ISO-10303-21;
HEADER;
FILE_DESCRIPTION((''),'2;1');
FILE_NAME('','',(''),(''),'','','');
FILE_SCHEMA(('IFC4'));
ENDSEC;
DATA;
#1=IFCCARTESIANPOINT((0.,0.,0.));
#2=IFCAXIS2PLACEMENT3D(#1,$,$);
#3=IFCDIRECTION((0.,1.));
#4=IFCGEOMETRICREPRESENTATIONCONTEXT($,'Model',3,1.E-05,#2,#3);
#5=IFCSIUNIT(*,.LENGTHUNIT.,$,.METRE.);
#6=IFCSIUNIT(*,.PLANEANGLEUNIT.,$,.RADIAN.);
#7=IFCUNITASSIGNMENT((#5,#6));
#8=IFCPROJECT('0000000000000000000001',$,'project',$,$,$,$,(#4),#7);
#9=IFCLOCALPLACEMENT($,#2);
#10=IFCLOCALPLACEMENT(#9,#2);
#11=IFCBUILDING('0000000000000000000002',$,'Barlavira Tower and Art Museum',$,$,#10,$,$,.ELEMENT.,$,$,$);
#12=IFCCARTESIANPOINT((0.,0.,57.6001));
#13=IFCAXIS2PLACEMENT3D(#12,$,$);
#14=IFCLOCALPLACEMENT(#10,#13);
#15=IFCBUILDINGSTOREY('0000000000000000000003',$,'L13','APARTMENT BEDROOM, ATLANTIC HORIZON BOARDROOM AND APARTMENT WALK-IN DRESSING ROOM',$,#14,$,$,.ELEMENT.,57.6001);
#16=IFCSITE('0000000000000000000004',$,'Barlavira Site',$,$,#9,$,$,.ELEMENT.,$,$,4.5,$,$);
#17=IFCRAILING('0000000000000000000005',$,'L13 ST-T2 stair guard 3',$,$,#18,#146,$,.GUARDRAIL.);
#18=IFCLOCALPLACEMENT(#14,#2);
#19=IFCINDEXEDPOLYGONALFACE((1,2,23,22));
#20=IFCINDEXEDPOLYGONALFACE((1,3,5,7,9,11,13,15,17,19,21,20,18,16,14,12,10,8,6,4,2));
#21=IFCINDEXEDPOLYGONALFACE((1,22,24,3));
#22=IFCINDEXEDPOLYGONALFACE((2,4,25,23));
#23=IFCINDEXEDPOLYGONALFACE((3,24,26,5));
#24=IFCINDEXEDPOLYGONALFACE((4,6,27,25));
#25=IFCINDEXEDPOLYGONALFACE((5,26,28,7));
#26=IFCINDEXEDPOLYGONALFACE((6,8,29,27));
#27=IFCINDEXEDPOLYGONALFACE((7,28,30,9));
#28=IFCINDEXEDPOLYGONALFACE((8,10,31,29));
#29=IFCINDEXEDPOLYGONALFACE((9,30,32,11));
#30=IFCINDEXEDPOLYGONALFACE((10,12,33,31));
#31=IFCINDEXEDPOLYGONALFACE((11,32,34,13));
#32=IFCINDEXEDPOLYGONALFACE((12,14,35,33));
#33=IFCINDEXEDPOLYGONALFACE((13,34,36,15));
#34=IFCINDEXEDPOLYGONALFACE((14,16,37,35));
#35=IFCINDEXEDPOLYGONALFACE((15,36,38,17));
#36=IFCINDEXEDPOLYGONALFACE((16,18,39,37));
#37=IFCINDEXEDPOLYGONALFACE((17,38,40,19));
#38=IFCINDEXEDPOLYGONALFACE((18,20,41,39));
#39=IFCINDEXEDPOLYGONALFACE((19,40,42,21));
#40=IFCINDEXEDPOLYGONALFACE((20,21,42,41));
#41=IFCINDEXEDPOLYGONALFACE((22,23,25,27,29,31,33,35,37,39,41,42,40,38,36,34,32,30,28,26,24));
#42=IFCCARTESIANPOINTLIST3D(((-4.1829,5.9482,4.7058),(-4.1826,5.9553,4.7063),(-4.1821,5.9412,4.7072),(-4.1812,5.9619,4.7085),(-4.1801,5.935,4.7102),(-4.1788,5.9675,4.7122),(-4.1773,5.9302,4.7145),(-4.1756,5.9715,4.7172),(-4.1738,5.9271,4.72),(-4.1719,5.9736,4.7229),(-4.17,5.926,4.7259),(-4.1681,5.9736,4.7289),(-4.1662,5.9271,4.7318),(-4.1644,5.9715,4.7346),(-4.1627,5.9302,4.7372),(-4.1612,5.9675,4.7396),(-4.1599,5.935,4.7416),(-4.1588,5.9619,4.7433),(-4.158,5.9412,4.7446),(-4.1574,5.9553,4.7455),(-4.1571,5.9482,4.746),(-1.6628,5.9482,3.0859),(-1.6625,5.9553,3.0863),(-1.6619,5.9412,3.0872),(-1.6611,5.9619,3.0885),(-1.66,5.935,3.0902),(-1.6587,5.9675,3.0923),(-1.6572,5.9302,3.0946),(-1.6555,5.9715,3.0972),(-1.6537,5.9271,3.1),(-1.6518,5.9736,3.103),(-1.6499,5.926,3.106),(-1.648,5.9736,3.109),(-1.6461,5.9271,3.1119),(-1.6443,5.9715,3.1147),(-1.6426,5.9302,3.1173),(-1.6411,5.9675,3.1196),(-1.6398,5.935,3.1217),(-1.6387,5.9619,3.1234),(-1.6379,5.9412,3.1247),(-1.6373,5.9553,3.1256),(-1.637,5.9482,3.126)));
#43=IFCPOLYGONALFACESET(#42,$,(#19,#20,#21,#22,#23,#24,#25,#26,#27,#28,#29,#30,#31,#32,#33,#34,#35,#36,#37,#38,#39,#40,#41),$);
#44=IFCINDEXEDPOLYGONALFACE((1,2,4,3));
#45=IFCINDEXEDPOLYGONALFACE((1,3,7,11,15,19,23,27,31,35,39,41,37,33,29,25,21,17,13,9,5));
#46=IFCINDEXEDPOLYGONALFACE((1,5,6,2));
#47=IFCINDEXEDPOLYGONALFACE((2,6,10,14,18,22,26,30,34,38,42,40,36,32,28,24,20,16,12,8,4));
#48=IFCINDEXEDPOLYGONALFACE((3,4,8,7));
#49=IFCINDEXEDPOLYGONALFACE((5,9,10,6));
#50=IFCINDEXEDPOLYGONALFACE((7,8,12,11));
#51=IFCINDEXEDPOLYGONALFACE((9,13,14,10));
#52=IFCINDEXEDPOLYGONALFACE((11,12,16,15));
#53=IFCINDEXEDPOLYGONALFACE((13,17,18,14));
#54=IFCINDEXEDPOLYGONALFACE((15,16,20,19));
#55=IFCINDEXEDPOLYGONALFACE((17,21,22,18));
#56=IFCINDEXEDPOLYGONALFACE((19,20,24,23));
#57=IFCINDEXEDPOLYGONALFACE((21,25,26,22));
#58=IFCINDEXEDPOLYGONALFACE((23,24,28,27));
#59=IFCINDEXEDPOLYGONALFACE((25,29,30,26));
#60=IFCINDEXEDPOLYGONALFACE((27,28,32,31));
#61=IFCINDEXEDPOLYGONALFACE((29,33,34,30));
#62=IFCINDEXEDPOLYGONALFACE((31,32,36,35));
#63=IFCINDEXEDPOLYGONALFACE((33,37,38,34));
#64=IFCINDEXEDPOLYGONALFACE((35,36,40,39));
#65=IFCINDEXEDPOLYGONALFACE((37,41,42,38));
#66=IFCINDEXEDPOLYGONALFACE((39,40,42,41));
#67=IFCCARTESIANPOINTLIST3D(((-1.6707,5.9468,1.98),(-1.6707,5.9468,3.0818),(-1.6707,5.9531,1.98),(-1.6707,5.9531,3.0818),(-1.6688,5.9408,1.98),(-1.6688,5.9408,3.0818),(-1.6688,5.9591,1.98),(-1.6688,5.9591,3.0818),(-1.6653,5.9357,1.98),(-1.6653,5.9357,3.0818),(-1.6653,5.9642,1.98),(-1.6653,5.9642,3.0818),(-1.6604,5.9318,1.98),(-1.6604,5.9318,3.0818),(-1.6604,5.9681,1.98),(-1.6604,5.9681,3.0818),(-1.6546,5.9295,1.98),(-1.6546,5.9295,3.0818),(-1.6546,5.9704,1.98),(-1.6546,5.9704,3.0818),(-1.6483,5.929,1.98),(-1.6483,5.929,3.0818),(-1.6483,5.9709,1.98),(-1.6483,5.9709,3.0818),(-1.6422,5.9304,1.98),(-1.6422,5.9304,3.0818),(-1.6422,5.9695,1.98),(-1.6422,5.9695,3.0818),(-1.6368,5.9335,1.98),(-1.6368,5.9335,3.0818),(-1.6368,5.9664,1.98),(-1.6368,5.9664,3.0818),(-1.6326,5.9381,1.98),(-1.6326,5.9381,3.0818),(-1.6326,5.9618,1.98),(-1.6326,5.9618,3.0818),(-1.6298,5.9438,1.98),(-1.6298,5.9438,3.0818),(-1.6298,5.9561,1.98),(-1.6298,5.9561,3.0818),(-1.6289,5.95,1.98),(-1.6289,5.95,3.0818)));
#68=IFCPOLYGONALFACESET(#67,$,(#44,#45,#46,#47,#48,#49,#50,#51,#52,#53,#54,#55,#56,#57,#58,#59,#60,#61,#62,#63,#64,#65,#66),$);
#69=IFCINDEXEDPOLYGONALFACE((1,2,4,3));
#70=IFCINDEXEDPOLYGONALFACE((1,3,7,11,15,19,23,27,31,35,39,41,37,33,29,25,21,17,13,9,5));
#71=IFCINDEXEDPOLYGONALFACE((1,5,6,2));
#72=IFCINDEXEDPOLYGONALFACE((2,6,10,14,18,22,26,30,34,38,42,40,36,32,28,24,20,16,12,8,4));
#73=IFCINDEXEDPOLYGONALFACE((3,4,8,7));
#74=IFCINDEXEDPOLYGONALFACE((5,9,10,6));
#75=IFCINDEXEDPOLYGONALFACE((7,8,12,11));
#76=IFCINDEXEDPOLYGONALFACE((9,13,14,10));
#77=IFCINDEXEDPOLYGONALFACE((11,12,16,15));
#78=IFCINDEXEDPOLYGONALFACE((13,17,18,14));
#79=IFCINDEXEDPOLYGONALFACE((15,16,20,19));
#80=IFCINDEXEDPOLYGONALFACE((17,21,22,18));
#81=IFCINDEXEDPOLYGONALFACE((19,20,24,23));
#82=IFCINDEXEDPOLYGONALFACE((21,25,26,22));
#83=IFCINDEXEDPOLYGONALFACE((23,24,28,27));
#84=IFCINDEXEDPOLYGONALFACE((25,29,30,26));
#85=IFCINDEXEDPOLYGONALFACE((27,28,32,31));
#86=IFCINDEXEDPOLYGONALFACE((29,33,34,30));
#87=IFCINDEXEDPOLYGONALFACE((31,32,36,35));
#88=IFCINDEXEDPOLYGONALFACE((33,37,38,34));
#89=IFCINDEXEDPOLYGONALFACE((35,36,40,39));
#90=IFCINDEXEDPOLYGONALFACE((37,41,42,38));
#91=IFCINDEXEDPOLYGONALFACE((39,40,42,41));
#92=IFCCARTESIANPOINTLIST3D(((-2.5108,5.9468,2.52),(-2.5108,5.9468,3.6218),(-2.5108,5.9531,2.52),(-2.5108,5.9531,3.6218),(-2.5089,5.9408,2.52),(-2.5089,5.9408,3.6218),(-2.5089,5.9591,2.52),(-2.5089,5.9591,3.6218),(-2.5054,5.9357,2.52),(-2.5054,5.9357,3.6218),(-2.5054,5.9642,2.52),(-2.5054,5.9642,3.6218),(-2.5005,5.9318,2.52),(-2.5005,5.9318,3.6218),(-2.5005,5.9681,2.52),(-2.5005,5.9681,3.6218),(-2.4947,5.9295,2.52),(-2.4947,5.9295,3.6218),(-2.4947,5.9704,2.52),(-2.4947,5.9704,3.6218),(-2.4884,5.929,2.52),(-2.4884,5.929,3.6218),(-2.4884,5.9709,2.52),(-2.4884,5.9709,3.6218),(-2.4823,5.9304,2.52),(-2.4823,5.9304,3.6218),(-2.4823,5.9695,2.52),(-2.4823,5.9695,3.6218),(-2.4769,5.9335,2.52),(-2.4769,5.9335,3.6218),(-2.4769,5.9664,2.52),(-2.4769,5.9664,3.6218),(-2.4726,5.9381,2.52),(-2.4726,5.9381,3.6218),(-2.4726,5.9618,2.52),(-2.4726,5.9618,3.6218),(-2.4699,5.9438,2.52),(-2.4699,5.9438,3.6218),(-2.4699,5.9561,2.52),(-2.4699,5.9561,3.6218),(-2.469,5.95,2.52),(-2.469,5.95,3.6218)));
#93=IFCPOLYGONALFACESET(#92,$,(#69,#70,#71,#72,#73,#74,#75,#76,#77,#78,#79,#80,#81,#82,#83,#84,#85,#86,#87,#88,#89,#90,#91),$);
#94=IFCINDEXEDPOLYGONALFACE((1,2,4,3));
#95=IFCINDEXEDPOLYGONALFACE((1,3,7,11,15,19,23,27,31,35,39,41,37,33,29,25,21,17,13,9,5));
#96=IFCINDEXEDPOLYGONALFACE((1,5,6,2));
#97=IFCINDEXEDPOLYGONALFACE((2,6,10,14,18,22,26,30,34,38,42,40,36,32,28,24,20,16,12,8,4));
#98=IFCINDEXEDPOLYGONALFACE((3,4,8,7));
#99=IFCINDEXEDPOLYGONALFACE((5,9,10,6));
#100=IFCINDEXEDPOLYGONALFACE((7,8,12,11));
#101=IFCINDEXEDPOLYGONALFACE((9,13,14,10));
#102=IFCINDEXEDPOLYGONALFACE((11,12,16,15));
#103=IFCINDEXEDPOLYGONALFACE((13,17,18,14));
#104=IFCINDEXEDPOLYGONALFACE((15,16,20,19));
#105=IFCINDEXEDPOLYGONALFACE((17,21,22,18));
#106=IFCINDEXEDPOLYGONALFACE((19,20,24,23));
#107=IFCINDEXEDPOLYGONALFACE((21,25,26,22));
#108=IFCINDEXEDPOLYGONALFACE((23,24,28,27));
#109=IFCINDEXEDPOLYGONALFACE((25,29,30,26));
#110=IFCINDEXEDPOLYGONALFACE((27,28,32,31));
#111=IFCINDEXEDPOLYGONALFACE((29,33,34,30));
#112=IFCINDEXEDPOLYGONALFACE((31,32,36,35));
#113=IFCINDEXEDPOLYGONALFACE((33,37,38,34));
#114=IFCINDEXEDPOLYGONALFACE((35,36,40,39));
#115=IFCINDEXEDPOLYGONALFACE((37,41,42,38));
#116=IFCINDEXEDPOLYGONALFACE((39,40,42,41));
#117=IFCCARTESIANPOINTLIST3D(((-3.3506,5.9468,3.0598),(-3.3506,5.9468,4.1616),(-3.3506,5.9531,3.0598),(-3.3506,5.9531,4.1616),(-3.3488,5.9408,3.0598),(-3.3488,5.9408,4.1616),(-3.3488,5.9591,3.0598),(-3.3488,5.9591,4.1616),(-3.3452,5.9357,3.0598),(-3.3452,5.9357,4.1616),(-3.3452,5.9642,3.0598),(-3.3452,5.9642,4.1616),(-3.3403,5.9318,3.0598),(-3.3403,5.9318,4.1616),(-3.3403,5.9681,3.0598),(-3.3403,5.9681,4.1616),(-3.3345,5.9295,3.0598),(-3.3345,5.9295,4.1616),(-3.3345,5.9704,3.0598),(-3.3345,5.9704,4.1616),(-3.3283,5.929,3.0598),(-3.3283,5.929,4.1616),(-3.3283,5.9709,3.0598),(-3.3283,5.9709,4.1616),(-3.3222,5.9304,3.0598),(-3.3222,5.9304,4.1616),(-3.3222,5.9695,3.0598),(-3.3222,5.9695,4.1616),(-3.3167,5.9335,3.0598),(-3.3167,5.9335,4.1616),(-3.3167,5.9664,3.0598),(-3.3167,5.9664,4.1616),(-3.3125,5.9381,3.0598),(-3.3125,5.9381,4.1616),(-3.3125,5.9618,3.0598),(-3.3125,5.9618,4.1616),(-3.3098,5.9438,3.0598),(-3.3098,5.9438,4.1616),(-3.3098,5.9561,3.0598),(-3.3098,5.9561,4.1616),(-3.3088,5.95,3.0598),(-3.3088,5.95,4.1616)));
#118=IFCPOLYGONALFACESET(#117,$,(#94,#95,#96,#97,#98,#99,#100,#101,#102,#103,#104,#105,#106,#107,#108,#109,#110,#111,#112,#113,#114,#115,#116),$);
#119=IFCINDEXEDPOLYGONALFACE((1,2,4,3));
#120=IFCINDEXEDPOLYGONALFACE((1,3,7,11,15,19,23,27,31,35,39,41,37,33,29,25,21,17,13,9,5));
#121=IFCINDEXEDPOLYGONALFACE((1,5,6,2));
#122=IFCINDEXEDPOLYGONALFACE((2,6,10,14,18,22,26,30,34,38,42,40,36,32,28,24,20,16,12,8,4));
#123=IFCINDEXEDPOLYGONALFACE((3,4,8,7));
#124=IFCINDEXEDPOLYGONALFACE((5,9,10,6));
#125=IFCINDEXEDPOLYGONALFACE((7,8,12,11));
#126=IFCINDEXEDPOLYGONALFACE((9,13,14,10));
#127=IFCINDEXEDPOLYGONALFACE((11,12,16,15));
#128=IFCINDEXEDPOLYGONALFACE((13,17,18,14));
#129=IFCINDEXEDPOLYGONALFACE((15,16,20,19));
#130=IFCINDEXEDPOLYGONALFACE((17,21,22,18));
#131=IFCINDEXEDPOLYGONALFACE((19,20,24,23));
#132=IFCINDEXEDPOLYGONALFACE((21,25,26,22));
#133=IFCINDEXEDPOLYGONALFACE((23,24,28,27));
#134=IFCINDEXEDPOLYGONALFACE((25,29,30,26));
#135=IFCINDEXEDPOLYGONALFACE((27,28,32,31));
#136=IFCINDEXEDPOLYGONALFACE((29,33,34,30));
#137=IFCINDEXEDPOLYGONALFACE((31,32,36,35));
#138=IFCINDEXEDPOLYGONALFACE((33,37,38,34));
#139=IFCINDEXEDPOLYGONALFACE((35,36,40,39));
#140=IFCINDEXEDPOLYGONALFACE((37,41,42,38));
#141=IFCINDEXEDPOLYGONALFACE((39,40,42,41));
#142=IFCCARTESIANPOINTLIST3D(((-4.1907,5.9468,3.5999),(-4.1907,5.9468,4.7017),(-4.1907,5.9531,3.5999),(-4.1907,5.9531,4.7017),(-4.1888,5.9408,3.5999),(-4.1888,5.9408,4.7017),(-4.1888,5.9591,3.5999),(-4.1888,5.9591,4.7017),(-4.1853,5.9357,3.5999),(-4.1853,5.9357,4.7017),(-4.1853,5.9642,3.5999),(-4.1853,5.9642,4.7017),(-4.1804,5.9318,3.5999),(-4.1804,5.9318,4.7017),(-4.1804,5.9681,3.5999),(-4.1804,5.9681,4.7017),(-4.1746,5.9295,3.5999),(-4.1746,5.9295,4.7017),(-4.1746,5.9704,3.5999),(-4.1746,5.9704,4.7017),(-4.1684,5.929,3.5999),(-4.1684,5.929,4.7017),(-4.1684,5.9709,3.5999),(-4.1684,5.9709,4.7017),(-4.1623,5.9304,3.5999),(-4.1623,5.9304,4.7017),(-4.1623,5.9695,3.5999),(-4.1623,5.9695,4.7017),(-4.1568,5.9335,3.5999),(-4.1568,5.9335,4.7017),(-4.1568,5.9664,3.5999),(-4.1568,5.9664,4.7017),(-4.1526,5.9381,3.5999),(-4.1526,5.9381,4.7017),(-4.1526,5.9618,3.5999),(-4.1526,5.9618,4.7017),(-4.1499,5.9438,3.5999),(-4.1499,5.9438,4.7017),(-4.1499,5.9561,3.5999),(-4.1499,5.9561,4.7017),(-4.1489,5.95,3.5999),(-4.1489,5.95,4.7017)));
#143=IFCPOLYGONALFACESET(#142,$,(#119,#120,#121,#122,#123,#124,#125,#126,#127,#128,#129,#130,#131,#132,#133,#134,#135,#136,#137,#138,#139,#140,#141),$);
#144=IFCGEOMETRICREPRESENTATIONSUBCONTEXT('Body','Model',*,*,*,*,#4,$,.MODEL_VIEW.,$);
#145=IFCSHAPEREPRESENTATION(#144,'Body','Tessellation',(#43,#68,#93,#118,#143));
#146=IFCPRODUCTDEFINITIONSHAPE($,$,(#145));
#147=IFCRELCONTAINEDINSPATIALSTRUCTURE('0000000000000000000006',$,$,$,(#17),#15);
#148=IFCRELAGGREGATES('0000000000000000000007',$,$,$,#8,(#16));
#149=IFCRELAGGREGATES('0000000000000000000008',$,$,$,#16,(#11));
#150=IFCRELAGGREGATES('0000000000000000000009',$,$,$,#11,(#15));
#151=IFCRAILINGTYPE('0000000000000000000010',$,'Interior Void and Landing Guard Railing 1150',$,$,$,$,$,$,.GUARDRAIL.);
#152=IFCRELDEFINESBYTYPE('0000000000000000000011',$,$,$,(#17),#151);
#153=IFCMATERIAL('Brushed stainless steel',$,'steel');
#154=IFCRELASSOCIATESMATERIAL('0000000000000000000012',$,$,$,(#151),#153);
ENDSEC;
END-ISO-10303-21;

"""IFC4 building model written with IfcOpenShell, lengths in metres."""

from ifc_helpers import new_model, si_unit, direction, frame, origin, origin_2d, place, context, subcontext, project, spatial, circle, extrude, material, type_object, element, save


model = new_model("IFC4")

# Units and contexts
model_context = context("Model", 3, precision=1e-05, world=origin(), true_north=direction((0.0, 1.0)))
body_context = subcontext(model_context, "Body", "Model", "MODEL_VIEW")
ifc_project = project(units=[si_unit("LENGTHUNIT", "METRE"), si_unit("PLANEANGLEUNIT", "RADIAN")], contexts=[model_context])

# Site, building, storey
site_placement = place(None, origin())
site = spatial("IfcSite", under=ifc_project, at=site_placement, Name="Barlavira Site", CompositionType="ELEMENT", RefElevation=4.5)
building_placement = place(site_placement, origin())
building = spatial("IfcBuilding", under=site, at=building_placement, Name="Barlavira Tower and Art Museum", CompositionType="ELEMENT")
storey_placement = place(building_placement, frame((0.0, 0.0, 57.6001)))
storey = spatial("IfcBuildingStorey", under=building, at=storey_placement, Name="L13", Description="APARTMENT BEDROOM, ATLANTIC HORIZON BOARDROOM AND APARTMENT WALK-IN DRESSING ROOM", CompositionType="ELEMENT", Elevation=57.6001)

# Shared definitions
ifc_material_1 = material(Name="Brushed stainless steel", Category="steel")

# Railing
railing_type_1 = type_object("IfcRailingType", Name="Interior Void and Landing Guard Railing 1150", PredefinedType="GUARDRAIL", material=ifc_material_1)
railing_1_placement = place(storey_placement, frame((-1.6499, 5.95, 1.98)))
element("IfcRailing", 1, at=railing_1_placement, inside=storey, type_object=railing_type_1, Name="L13 ST-T2 stair guard 3", PredefinedType="GUARDRAIL", context=body_context, shape_type="SweptSolid", body=[
    extrude(circle(Radius=0.0239, at=origin_2d()), frame((0.0, 0.0, 1.126), z_axis=(-0.8412, 0.0, 0.540725), x_axis=(0.0, -1.0, 0.0)), (0.0, 0.0, 1.0), 2.9958),
    extrude(circle(Radius=0.021, at=origin_2d()), origin(), (0.0, 0.0, 1.0), 1.1018),
    extrude(circle(Radius=0.021, at=origin_2d()), frame((-0.8401, 0.0, 0.54)), (0.0, 0.0, 1.0), 1.1018),
    extrude(circle(Radius=0.021, at=origin_2d()), frame((-1.6799, 0.0, 1.0798)), (0.0, 0.0, 1.0), 1.1018),
    extrude(circle(Radius=0.021, at=origin_2d()), frame((-2.52, 0.0, 1.6199)), (0.0, 0.0, 1.0), 1.1018),
])

save(model, "model.ifc")
